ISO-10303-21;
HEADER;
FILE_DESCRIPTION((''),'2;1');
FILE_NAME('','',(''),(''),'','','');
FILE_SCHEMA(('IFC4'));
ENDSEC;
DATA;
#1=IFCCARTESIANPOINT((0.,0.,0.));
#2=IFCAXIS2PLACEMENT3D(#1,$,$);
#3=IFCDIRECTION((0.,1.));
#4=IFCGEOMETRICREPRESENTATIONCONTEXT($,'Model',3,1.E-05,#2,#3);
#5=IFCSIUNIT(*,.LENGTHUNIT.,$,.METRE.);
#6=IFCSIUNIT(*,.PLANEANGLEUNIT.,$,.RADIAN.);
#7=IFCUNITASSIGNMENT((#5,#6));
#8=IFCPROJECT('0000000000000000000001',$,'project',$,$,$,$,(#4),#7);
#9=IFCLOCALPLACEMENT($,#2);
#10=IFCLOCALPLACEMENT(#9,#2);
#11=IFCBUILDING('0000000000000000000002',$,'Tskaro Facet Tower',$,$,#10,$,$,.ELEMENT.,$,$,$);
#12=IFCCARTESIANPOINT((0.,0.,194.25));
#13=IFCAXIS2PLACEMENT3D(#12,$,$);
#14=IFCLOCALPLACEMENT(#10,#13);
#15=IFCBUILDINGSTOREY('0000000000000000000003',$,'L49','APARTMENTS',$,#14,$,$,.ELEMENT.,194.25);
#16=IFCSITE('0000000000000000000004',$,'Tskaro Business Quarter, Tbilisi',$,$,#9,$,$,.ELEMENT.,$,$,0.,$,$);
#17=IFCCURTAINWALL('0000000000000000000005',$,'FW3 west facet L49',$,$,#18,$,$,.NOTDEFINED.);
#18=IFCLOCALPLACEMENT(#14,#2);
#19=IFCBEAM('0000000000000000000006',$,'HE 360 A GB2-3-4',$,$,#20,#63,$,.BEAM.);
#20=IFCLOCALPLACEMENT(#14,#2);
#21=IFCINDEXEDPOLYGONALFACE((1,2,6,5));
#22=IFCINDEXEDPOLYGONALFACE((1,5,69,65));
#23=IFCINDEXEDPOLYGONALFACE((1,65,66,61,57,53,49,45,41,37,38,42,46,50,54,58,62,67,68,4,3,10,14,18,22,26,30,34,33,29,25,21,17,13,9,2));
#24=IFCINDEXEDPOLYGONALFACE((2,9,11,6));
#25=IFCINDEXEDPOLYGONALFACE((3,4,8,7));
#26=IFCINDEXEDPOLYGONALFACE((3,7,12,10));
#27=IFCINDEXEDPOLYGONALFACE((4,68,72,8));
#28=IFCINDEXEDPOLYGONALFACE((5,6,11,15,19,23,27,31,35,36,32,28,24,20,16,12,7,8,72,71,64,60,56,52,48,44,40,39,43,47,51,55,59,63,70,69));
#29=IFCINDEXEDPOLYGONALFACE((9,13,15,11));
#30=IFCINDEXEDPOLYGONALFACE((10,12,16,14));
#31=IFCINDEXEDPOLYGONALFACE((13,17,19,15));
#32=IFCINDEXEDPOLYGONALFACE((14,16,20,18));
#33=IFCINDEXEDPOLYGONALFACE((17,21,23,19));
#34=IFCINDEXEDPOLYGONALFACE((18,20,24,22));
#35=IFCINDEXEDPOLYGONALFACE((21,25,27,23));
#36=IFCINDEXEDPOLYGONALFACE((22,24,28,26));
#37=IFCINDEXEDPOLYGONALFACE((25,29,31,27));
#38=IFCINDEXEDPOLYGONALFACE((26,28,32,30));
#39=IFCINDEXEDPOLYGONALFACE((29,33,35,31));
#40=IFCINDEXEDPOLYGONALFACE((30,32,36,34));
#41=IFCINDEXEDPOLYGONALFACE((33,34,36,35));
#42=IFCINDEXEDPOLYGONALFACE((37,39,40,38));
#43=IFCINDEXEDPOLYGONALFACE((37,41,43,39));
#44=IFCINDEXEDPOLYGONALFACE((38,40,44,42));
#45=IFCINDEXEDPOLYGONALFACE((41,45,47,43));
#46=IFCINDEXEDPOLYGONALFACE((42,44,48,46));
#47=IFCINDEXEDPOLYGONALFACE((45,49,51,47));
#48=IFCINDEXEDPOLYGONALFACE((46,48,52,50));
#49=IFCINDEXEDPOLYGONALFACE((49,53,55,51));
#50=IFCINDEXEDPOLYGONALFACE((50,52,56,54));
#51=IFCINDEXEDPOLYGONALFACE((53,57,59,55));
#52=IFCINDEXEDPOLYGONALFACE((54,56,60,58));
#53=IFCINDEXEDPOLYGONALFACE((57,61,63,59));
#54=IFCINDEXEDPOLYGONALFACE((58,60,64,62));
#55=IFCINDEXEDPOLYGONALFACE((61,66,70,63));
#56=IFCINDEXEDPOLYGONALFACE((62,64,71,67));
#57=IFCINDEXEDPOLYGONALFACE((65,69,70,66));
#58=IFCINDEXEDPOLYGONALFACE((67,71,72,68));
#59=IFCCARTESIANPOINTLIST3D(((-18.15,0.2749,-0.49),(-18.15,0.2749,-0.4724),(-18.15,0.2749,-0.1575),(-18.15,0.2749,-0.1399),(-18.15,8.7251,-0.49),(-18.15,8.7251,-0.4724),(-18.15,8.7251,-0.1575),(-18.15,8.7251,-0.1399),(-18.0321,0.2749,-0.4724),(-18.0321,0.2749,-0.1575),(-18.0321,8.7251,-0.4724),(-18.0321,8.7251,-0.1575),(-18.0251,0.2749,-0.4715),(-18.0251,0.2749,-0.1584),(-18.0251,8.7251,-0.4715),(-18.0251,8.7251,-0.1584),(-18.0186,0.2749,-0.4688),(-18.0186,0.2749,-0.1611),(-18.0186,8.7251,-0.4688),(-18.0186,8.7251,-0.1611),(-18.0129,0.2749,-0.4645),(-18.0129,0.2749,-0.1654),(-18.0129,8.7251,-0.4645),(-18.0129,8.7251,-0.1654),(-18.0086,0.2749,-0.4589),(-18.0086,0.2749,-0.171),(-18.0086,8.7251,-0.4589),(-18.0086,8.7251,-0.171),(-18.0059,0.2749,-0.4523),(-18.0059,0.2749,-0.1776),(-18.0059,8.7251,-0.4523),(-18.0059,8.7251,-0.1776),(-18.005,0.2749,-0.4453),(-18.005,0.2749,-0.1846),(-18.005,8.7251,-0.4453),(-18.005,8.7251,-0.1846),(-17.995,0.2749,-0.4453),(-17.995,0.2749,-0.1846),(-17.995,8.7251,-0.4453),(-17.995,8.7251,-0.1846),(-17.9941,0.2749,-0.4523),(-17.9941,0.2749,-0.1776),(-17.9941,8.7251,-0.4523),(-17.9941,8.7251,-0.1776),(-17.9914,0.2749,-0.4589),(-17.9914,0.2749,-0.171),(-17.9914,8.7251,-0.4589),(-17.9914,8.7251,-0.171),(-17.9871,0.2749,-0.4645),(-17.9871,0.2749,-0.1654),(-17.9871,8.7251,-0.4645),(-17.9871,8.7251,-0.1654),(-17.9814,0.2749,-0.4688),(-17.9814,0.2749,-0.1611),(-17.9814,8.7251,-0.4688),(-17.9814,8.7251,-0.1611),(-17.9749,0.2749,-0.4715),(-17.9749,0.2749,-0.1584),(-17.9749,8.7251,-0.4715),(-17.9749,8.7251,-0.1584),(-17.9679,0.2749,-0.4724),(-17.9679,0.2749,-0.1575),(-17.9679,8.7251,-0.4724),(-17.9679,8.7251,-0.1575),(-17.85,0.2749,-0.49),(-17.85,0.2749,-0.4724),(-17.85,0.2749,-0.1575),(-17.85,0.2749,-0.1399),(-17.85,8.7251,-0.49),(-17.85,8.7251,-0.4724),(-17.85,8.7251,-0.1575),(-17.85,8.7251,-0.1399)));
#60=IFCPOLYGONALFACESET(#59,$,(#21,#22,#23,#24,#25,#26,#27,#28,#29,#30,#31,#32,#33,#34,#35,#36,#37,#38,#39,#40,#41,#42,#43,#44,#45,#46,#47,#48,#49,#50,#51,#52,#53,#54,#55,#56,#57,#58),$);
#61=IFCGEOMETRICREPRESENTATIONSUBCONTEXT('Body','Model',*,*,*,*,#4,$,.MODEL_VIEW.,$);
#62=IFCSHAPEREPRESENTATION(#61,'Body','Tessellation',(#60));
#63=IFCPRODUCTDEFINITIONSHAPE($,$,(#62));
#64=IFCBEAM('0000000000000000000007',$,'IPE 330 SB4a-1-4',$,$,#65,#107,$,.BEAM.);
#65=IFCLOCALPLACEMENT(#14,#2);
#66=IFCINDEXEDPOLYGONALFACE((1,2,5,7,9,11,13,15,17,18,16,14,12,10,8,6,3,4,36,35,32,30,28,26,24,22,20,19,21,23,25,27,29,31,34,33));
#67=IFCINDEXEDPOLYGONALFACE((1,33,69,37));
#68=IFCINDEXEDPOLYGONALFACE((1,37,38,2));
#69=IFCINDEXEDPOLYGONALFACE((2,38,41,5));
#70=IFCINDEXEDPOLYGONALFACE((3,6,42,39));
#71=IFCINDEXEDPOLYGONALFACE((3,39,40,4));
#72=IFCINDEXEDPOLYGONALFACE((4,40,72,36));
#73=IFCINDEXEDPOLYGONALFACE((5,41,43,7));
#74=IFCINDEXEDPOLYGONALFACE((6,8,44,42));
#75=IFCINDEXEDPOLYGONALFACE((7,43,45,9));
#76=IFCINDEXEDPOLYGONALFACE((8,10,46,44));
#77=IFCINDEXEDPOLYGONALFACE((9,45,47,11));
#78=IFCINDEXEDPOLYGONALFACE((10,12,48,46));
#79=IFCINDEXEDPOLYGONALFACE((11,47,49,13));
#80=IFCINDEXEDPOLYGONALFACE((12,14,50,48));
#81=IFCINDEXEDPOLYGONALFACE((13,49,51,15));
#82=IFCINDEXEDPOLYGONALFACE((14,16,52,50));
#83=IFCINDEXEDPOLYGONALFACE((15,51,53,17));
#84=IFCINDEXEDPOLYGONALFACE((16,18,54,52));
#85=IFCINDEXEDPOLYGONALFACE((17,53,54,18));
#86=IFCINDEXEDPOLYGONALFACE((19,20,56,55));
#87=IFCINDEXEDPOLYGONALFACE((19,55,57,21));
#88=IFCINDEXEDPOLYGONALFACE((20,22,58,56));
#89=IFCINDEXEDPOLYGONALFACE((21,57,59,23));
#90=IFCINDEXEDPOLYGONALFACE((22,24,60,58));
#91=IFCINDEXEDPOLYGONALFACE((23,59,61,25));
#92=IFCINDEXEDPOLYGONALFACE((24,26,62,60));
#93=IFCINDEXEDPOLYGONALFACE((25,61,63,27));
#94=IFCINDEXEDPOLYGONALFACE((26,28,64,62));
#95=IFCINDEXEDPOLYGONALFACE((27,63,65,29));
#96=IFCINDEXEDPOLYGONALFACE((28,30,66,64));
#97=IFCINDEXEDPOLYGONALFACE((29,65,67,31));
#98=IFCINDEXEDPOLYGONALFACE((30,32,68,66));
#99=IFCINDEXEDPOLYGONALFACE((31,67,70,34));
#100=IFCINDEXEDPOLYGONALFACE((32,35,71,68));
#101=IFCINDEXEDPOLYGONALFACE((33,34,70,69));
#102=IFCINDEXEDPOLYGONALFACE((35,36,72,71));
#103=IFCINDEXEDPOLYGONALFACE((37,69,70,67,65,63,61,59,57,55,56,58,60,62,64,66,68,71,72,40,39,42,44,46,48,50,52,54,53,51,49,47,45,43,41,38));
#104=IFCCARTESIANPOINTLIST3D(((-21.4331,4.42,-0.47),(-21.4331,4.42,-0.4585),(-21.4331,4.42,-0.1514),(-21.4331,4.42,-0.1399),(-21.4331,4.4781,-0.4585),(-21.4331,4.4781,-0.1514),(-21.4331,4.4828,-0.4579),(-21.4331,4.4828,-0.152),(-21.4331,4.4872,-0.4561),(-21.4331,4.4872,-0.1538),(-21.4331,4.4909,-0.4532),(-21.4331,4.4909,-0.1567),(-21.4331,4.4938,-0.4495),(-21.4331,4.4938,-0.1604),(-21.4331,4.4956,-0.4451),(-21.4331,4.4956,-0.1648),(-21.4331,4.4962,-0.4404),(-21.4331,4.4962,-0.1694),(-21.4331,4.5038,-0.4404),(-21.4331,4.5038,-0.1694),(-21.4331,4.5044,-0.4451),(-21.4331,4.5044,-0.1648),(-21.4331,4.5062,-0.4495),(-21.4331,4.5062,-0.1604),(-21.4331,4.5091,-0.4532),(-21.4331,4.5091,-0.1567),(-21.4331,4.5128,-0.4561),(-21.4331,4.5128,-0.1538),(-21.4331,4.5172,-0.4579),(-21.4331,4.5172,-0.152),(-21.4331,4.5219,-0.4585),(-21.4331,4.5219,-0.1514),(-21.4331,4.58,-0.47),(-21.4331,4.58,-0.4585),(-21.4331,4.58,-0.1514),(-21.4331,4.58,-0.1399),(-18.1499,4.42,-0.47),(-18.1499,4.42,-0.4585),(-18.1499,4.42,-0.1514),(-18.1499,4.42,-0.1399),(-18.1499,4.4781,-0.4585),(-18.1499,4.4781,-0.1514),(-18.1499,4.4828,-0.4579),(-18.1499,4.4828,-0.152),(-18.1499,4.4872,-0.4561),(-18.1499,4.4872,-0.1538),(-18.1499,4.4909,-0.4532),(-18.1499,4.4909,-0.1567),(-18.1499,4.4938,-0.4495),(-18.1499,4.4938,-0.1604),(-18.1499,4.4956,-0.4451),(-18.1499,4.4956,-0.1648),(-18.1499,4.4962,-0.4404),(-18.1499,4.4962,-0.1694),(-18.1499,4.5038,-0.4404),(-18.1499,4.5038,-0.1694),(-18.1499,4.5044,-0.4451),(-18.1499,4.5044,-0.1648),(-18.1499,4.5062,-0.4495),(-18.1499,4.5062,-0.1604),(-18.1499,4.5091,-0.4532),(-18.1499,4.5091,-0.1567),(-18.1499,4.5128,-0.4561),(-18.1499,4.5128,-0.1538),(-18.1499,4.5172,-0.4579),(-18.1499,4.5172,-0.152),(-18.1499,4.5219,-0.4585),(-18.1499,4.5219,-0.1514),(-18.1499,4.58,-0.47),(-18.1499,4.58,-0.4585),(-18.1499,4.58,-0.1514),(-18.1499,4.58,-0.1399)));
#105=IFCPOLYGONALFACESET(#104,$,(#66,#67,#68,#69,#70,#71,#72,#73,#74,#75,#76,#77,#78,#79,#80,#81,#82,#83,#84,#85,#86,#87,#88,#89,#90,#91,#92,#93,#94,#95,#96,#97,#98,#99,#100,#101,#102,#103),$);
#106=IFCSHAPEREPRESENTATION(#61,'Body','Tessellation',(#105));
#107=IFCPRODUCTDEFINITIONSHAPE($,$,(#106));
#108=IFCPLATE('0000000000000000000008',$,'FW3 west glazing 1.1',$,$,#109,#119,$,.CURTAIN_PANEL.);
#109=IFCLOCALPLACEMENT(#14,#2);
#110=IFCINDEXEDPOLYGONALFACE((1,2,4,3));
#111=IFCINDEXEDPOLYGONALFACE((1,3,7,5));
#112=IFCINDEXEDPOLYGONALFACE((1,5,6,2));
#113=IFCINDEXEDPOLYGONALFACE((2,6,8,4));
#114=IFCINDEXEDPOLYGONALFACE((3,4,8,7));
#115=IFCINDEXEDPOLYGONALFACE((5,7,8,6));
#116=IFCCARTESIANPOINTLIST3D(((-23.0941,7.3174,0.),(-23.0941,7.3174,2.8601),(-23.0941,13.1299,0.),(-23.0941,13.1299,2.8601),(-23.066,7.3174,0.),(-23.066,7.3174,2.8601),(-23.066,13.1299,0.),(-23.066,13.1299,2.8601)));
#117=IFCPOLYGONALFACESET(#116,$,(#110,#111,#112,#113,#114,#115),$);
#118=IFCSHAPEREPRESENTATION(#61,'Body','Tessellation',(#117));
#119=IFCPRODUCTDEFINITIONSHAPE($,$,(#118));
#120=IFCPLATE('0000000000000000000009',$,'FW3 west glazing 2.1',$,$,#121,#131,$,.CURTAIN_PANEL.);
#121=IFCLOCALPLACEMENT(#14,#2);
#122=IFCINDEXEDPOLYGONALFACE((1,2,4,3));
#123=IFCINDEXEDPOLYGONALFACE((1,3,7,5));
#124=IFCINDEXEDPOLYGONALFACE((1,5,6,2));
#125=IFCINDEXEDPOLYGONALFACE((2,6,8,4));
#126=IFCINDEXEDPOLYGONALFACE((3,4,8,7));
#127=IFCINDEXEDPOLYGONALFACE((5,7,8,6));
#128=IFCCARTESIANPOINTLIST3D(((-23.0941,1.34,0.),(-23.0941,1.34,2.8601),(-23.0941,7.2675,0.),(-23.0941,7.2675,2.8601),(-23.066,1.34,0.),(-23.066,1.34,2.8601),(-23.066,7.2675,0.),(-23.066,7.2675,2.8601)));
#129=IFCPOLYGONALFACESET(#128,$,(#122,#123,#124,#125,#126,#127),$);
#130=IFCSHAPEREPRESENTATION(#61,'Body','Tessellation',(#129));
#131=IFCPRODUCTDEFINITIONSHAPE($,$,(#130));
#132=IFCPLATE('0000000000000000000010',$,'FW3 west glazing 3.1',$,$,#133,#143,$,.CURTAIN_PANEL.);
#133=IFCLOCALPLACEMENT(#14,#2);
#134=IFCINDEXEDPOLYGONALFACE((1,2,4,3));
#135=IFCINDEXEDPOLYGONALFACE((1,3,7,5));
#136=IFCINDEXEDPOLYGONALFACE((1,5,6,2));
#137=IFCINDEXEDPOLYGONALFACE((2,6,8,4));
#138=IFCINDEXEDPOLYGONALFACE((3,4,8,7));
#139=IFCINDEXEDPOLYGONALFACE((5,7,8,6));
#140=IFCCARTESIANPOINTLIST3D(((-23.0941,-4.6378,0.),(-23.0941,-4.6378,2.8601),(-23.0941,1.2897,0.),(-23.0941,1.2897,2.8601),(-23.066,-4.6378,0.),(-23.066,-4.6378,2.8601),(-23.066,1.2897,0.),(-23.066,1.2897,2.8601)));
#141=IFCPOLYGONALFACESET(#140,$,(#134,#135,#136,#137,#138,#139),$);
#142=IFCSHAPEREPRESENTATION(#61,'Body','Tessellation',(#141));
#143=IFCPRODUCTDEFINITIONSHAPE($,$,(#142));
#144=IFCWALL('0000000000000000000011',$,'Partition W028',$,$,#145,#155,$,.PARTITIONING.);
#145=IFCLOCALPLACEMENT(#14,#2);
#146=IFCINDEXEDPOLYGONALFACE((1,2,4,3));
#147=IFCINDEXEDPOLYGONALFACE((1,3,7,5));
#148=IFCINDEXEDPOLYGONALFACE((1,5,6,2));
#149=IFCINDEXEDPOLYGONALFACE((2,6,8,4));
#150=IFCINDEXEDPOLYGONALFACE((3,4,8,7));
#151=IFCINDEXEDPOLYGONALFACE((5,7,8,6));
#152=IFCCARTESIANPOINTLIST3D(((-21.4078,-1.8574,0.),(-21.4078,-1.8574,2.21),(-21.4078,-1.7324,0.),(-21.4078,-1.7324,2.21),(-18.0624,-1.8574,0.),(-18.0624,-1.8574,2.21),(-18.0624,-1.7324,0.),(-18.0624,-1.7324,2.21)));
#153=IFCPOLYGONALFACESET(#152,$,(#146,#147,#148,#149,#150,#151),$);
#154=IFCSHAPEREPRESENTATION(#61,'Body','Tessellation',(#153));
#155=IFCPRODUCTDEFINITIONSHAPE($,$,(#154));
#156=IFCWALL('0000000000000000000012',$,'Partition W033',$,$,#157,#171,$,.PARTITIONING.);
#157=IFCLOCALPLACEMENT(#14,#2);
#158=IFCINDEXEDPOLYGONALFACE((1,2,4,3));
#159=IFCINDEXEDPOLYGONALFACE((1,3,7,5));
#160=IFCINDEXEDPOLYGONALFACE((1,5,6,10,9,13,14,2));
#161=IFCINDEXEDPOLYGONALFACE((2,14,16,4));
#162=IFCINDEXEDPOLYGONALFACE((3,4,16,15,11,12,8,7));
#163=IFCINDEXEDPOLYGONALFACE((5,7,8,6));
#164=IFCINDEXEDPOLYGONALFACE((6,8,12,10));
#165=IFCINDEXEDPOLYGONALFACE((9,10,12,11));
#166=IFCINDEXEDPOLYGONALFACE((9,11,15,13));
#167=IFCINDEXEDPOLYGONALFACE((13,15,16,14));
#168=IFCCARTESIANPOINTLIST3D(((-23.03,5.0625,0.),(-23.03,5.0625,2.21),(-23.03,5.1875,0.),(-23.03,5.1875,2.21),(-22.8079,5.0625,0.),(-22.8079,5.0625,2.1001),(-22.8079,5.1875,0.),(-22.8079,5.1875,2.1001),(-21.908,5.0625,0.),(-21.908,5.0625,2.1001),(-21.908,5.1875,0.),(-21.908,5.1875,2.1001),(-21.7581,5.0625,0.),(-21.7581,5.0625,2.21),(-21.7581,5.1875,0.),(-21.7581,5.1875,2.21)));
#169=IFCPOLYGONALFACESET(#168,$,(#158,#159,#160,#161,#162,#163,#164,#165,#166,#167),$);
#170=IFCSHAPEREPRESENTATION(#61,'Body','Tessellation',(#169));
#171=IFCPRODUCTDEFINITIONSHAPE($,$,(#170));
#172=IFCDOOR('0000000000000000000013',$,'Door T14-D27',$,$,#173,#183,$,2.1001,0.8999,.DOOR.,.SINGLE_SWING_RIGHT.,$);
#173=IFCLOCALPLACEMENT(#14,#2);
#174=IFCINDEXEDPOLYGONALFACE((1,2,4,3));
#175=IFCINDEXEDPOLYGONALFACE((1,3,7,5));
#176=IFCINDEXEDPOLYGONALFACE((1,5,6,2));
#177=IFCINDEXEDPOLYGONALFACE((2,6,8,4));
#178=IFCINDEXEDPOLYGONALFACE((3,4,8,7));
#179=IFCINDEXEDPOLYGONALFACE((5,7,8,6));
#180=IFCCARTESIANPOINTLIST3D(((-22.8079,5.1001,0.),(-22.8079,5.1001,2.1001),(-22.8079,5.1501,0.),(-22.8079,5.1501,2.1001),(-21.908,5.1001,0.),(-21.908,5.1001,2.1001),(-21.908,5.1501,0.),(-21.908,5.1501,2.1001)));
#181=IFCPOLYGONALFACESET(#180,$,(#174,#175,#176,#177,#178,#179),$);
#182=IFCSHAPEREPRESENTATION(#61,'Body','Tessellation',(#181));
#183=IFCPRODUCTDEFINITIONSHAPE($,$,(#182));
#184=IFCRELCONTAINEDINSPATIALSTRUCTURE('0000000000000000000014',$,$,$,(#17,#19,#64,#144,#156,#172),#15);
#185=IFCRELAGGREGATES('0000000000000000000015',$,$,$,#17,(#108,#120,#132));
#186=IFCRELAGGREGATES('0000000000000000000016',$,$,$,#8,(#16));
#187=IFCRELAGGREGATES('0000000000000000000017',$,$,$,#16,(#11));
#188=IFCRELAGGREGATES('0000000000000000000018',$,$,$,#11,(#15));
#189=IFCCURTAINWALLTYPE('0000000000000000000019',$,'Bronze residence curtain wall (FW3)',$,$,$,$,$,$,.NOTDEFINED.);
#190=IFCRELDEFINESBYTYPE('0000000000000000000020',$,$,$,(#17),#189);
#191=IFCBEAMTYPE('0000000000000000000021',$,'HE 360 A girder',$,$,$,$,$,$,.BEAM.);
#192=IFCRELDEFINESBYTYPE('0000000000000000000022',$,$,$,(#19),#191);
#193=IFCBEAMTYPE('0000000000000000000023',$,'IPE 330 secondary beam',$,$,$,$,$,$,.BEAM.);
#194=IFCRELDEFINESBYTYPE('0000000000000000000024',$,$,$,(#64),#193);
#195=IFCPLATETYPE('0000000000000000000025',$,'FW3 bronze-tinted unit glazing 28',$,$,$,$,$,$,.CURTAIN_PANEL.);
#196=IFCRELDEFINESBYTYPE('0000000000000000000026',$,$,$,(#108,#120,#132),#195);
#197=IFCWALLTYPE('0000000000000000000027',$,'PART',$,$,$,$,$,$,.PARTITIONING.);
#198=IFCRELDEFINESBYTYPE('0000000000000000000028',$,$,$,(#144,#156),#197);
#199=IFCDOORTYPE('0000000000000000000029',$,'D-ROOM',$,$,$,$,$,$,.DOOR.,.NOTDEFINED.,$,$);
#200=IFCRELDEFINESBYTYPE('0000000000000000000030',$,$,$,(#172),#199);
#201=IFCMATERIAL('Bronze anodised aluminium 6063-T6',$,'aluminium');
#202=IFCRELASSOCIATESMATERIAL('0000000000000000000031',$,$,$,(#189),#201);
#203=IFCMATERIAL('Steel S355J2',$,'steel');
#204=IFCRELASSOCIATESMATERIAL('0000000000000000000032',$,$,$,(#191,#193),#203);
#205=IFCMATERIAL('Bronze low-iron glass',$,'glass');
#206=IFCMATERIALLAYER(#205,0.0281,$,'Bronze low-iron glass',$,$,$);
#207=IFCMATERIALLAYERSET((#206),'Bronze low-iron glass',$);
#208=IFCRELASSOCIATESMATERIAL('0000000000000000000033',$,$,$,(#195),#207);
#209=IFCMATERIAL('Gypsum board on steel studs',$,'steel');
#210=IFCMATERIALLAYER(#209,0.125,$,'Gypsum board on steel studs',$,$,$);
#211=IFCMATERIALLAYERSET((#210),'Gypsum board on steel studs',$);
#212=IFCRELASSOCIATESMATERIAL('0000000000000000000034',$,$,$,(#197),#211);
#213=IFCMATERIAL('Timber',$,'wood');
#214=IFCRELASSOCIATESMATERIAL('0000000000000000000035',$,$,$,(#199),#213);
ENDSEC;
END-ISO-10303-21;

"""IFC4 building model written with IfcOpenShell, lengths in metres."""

from ifc_helpers import new_model, si_unit, direction, frame, frame_2d, origin, origin_2d, place, context, subcontext, project, spatial, rectangle, i_section, extrude, material, layer, layer_set, material_profile, profile_set, type_object, element, fill, aggregate, save


model = new_model("IFC4")

# Units and contexts
model_context = context("Model", 3, precision=1e-05, world=origin(), true_north=direction((0.0, 1.0)))
body_context = subcontext(model_context, "Body", "Model", "MODEL_VIEW")
ifc_project = project(units=[si_unit("LENGTHUNIT", "METRE"), si_unit("PLANEANGLEUNIT", "RADIAN")], contexts=[model_context])

# Site, building, storey
site_placement = place(None, origin())
site = spatial("IfcSite", under=ifc_project, at=site_placement, Name="Tskaro Business Quarter, Tbilisi", CompositionType="ELEMENT", RefElevation=0.0)
building_placement = place(site_placement, origin())
building = spatial("IfcBuilding", under=site, at=building_placement, Name="Tskaro Facet Tower", CompositionType="ELEMENT")
storey_placement = place(building_placement, frame((0.0, 0.0, 194.25)))
storey = spatial("IfcBuildingStorey", under=building, at=storey_placement, Name="L49", Description="APARTMENTS", CompositionType="ELEMENT", Elevation=194.25)

# Curtain wall
ifc_material_1 = material(Name="Bronze anodised aluminium 6063-T6", Category="aluminium")
curtain_wall_type = type_object("IfcCurtainWallType", Name="Bronze residence curtain wall (FW3)", PredefinedType="NOTDEFINED", material=ifc_material_1)
curtain_wall_placement = place(storey_placement, origin())
curtain_wall = element("IfcCurtainWall", 1, at=curtain_wall_placement, inside=storey, type_object=curtain_wall_type, Name="FW3 west facet L49", PredefinedType="NOTDEFINED")

# Beams
ifc_material_2 = material(Name="Steel S355J2", Category="steel")
ifc_material_profile_1 = material_profile(ifc_material_2, i_section(OverallWidth=0.3, OverallDepth=0.3501, WebThickness=0.01, FlangeThickness=0.0176, FilletRadius=0.0271, at=origin_2d()), Name="HE 360 A")
ifc_profile_set_1 = profile_set([ifc_material_profile_1], Name="Steel S355J2")
beam_type_1 = type_object("IfcBeamType", Name="HE 360 A girder", PredefinedType="BEAM", material=ifc_profile_set_1)
beam_1_placement = place(storey_placement, frame((-18.0, 0.2749, -0.3149), z_axis=(0.0, 1.0, 0.0), x_axis=(-1.0, 0.0, 0.0)))
element("IfcBeam", 2, at=beam_1_placement, inside=storey, type_object=beam_type_1, Name="HE 360 A GB2-3-4", PredefinedType="BEAM", context=body_context, shape_type="SweptSolid", body=[
    extrude(i_section(OverallWidth=0.3, OverallDepth=0.3501, WebThickness=0.01, FlangeThickness=0.0176, FilletRadius=0.0271, at=origin_2d()), origin(), (0.0, 0.0, 1.0), 8.4502),
])
ifc_material_profile_2 = material_profile(ifc_material_2, i_section(OverallWidth=0.1599, OverallDepth=0.3301, WebThickness=0.0076, FlangeThickness=0.0115, FilletRadius=0.0181, at=origin_2d()), Name="IPE 330")
ifc_profile_set_2 = profile_set([ifc_material_profile_2], Name="Steel S355J2")
beam_type_2 = type_object("IfcBeamType", Name="IPE 330 secondary beam", PredefinedType="BEAM", material=ifc_profile_set_2)
beam_2_placement = place(storey_placement, frame((-21.4331, 4.5, -0.3049), z_axis=(1.0, 0.0, 0.0), x_axis=(0.0, 1.0, 0.0)))
element("IfcBeam", 3, at=beam_2_placement, inside=storey, type_object=beam_type_2, Name="IPE 330 SB4a-1-4", PredefinedType="BEAM", context=body_context, shape_type="SweptSolid", body=[
    extrude(i_section(OverallWidth=0.1599, OverallDepth=0.3301, WebThickness=0.0076, FlangeThickness=0.0115, FilletRadius=0.0181, at=origin_2d()), origin(), (0.0, 0.0, 1.0), 3.2832),
])

# Plates
ifc_material_3 = material(Name="Bronze low-iron glass", Category="glass")
ifc_layer_1 = layer(ifc_material_3, 0.0281, Name="Bronze low-iron glass")
ifc_layer_set_1 = layer_set([ifc_layer_1], Name="Bronze low-iron glass")
plate_type = type_object("IfcPlateType", Name="FW3 bronze-tinted unit glazing 28", PredefinedType="CURTAIN_PANEL", material=ifc_layer_set_1)
plate_1_placement = place(storey_placement, frame((-23.0801, 10.2236, 0.0), z_axis=(0.0, 0.0, 1.0), x_axis=(0.0, -1.0, 0.0)))
plate_1 = element("IfcPlate", 4, at=plate_1_placement, type_object=plate_type, Name="FW3 west glazing 1.1", PredefinedType="CURTAIN_PANEL", context=body_context, shape_type="SweptSolid", body=[
    extrude(rectangle(XDim=5.8125, YDim=0.0281, at=origin_2d()), origin(), (0.0, 0.0, 1.0), 2.8601),
])
plate_2_placement = place(storey_placement, frame((-23.0801, 4.3037, 0.0), z_axis=(0.0, 0.0, 1.0), x_axis=(0.0, -1.0, 0.0)))
plate_2 = element("IfcPlate", 5, at=plate_2_placement, type_object=plate_type, Name="FW3 west glazing 2.1", PredefinedType="CURTAIN_PANEL", context=body_context, shape_type="SweptSolid", body=[
    extrude(rectangle(XDim=5.9275, YDim=0.0281, at=origin_2d()), origin(), (0.0, 0.0, 1.0), 2.8601),
])
plate_3_placement = place(storey_placement, frame((-23.0801, -1.6741, 0.0), z_axis=(0.0, 0.0, 1.0), x_axis=(0.0, -1.0, 0.0)))
plate_3 = element("IfcPlate", 6, at=plate_3_placement, type_object=plate_type, Name="FW3 west glazing 3.1", PredefinedType="CURTAIN_PANEL", context=body_context, shape_type="SweptSolid", body=[
    extrude(rectangle(XDim=5.9275, YDim=0.0281, at=origin_2d()), origin(), (0.0, 0.0, 1.0), 2.8601),
])
aggregate(curtain_wall, [plate_1, plate_2, plate_3])

# Wall
ifc_material_4 = material(Name="Gypsum board on steel studs", Category="steel")
ifc_layer_2 = layer(ifc_material_4, 0.125, Name="Gypsum board on steel studs")
ifc_layer_set_2 = layer_set([ifc_layer_2], Name="Gypsum board on steel studs")
wall_type = type_object("IfcWallType", Name="PART", PredefinedType="PARTITIONING", material=ifc_layer_set_2)
wall_1_placement = place(storey_placement, frame((-21.408, -1.7949, 0.0), z_axis=(0.0, 0.0, 1.0), x_axis=(1.0, 0.0, 0.0)))
element("IfcWall", 7, at=wall_1_placement, inside=storey, type_object=wall_type, Name="Partition W028", PredefinedType="PARTITIONING", context=body_context, shape_type="SweptSolid", body=[
    extrude(rectangle(XDim=3.3455, YDim=0.125, at=frame_2d((1.6729, 0.0))), origin(), (0.0, 0.0, 1.0), 2.21),
])

# Wall, opening, door
wall_2_placement = place(storey_placement, frame((-21.7581, 5.125, 0.0), z_axis=(0.0, 0.0, 1.0), x_axis=(-1.0, 0.0, 0.0)))
wall_2 = element("IfcWall", 8, at=wall_2_placement, inside=storey, type_object=wall_type, Name="Partition W033", PredefinedType="PARTITIONING", context=body_context, shape_type="SweptSolid", body=[
    extrude(rectangle(XDim=1.272, YDim=0.125, at=frame_2d((0.636, 0.0))), origin(), (0.0, 0.0, 1.0), 2.21),
])
opening_placement = place(wall_2_placement, frame((0.1499, 0.0, 0.0)))
opening = element("IfcOpeningElement", 9, at=opening_placement, cuts=wall_2, PredefinedType="OPENING", context=body_context, shape_type="SweptSolid", body=[
    extrude(rectangle(XDim=0.8999, YDim=2.1001, at=frame_2d((0.45, 1.05))), frame((0.0, 0.0725, 0.0), z_axis=(0.0, -1.0, 0.0), x_axis=(1.0, 0.0, 0.0)), (0.0, 0.0, 1.0), 0.145),
])
ifc_material_5 = material(Name="Timber", Category="wood")
door_type = type_object("IfcDoorType", Name="D-ROOM", OperationType="NOTDEFINED", PredefinedType="DOOR", material=ifc_material_5)
door_placement = place(opening_placement, origin())
door = element("IfcDoor", 10, at=door_placement, inside=storey, type_object=door_type, Name="Door T14-D27", OperationType="SINGLE_SWING_RIGHT", OverallHeight=2.1001, OverallWidth=0.8999, PredefinedType="DOOR", context=body_context, shape_type="SweptSolid", body=[
    extrude(rectangle(XDim=0.8999, YDim=2.1001, at=frame_2d((0.45, 1.05))), frame((0.0, 0.0249, 0.0), z_axis=(0.0, -1.0, 0.0), x_axis=(1.0, 0.0, 0.0)), (0.0, 0.0, 1.0), 0.05),
])
fill(opening, door)

save(model, "model.ifc")
